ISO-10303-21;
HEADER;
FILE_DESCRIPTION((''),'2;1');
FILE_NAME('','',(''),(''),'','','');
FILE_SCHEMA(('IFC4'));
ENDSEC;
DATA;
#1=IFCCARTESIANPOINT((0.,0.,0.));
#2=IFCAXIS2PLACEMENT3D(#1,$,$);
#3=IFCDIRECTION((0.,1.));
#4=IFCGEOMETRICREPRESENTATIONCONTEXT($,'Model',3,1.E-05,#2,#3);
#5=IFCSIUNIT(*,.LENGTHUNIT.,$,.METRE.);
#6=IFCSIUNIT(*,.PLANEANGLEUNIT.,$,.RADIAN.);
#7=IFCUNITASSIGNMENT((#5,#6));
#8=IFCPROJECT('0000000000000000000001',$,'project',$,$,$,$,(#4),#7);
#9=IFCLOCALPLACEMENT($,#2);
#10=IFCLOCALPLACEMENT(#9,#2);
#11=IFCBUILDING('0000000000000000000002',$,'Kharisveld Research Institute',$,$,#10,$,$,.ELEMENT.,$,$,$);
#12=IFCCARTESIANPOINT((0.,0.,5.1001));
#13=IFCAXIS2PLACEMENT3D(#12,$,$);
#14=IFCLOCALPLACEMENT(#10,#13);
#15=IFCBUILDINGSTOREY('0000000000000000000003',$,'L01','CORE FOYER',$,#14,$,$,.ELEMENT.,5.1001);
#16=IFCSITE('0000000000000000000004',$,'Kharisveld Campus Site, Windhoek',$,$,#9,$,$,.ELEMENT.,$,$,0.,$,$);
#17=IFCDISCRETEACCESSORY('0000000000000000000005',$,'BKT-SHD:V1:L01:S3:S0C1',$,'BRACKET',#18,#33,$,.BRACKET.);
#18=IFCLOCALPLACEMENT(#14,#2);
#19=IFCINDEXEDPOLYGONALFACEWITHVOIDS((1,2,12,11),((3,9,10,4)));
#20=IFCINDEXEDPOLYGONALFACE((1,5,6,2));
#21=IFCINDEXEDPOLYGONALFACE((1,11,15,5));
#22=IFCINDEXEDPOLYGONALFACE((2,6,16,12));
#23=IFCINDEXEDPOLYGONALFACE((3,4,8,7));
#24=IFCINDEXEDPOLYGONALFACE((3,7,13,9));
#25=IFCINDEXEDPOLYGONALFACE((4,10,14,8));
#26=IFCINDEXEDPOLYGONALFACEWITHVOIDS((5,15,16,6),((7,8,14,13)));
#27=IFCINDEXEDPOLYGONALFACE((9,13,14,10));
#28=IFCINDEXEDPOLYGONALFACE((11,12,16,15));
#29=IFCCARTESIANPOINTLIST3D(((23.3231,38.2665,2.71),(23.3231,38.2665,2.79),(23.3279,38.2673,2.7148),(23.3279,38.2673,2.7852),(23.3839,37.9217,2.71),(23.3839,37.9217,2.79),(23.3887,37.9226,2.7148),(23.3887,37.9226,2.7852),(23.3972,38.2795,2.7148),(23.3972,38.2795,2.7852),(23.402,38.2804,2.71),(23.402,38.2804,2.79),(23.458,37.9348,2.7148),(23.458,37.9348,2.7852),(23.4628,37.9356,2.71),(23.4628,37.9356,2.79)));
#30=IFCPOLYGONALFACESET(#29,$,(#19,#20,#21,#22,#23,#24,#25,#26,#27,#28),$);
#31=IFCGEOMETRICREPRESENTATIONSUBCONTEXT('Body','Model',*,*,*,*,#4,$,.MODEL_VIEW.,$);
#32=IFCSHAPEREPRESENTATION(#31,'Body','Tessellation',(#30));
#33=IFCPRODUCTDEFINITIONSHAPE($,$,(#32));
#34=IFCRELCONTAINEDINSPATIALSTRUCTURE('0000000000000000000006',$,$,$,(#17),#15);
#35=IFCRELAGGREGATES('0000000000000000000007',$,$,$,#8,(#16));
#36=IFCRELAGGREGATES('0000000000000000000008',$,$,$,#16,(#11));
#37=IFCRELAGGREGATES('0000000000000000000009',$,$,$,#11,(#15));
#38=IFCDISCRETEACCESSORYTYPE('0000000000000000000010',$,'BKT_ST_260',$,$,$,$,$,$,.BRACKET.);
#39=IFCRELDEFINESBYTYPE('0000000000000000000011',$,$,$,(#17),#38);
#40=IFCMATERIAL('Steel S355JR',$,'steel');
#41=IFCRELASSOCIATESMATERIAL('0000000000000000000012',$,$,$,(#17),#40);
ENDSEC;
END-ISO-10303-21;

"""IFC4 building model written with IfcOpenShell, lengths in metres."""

from ifc_helpers import new_model, si_unit, direction, frame, origin, origin_2d, place, context, subcontext, project, spatial, hollow_rectangle, extrude, material, type_object, element, save


model = new_model("IFC4")

# Units and contexts
model_context = context("Model", 3, precision=1e-05, world=origin(), true_north=direction((0.0, 1.0)))
body_context = subcontext(model_context, "Body", "Model", "MODEL_VIEW")
ifc_project = project(units=[si_unit("LENGTHUNIT", "METRE"), si_unit("PLANEANGLEUNIT", "RADIAN")], contexts=[model_context])

# Site, building, storey
site_placement = place(None, origin())
site = spatial("IfcSite", under=ifc_project, at=site_placement, Name="Kharisveld Campus Site, Windhoek", CompositionType="ELEMENT", RefElevation=0.0)
building_placement = place(site_placement, origin())
building = spatial("IfcBuilding", under=site, at=building_placement, Name="Kharisveld Research Institute", CompositionType="ELEMENT")
storey_placement = place(building_placement, frame((0.0, 0.0, 5.1001)))
storey = spatial("IfcBuildingStorey", under=building, at=storey_placement, Name="L01", Description="CORE FOYER", CompositionType="ELEMENT", Elevation=5.1001)

# Discrete accessory
ifc_material_1 = material(Name="Steel S355JR", Category="steel")
discrete_accessory_type = type_object("IfcDiscreteAccessoryType", Name="BKT_ST_260", PredefinedType="BRACKET")
for number, where, z_axis, x_axis, name in (
    (1, (23.3625, 38.2734, 2.75), (0.173666, -0.984805, 0.0), (0.984805, 0.173666, 0.0), "BKT-SHD:V1:L01:S3:S0C1"),
):
    element("IfcDiscreteAccessory", number, at=place(storey_placement, frame(where, z_axis=z_axis, x_axis=x_axis)), inside=storey, type_object=discrete_accessory_type, material=ifc_material_1, Name=name, ObjectType="BRACKET", PredefinedType="BRACKET", context=body_context, shape_type="SweptSolid", body=[
        extrude(hollow_rectangle(XDim=0.0801, YDim=0.0801, WallThickness=0.0049, at=origin_2d()), origin(), (0.0, 0.0, 1.0), 0.3501),
    ])

save(model, "model.ifc")
